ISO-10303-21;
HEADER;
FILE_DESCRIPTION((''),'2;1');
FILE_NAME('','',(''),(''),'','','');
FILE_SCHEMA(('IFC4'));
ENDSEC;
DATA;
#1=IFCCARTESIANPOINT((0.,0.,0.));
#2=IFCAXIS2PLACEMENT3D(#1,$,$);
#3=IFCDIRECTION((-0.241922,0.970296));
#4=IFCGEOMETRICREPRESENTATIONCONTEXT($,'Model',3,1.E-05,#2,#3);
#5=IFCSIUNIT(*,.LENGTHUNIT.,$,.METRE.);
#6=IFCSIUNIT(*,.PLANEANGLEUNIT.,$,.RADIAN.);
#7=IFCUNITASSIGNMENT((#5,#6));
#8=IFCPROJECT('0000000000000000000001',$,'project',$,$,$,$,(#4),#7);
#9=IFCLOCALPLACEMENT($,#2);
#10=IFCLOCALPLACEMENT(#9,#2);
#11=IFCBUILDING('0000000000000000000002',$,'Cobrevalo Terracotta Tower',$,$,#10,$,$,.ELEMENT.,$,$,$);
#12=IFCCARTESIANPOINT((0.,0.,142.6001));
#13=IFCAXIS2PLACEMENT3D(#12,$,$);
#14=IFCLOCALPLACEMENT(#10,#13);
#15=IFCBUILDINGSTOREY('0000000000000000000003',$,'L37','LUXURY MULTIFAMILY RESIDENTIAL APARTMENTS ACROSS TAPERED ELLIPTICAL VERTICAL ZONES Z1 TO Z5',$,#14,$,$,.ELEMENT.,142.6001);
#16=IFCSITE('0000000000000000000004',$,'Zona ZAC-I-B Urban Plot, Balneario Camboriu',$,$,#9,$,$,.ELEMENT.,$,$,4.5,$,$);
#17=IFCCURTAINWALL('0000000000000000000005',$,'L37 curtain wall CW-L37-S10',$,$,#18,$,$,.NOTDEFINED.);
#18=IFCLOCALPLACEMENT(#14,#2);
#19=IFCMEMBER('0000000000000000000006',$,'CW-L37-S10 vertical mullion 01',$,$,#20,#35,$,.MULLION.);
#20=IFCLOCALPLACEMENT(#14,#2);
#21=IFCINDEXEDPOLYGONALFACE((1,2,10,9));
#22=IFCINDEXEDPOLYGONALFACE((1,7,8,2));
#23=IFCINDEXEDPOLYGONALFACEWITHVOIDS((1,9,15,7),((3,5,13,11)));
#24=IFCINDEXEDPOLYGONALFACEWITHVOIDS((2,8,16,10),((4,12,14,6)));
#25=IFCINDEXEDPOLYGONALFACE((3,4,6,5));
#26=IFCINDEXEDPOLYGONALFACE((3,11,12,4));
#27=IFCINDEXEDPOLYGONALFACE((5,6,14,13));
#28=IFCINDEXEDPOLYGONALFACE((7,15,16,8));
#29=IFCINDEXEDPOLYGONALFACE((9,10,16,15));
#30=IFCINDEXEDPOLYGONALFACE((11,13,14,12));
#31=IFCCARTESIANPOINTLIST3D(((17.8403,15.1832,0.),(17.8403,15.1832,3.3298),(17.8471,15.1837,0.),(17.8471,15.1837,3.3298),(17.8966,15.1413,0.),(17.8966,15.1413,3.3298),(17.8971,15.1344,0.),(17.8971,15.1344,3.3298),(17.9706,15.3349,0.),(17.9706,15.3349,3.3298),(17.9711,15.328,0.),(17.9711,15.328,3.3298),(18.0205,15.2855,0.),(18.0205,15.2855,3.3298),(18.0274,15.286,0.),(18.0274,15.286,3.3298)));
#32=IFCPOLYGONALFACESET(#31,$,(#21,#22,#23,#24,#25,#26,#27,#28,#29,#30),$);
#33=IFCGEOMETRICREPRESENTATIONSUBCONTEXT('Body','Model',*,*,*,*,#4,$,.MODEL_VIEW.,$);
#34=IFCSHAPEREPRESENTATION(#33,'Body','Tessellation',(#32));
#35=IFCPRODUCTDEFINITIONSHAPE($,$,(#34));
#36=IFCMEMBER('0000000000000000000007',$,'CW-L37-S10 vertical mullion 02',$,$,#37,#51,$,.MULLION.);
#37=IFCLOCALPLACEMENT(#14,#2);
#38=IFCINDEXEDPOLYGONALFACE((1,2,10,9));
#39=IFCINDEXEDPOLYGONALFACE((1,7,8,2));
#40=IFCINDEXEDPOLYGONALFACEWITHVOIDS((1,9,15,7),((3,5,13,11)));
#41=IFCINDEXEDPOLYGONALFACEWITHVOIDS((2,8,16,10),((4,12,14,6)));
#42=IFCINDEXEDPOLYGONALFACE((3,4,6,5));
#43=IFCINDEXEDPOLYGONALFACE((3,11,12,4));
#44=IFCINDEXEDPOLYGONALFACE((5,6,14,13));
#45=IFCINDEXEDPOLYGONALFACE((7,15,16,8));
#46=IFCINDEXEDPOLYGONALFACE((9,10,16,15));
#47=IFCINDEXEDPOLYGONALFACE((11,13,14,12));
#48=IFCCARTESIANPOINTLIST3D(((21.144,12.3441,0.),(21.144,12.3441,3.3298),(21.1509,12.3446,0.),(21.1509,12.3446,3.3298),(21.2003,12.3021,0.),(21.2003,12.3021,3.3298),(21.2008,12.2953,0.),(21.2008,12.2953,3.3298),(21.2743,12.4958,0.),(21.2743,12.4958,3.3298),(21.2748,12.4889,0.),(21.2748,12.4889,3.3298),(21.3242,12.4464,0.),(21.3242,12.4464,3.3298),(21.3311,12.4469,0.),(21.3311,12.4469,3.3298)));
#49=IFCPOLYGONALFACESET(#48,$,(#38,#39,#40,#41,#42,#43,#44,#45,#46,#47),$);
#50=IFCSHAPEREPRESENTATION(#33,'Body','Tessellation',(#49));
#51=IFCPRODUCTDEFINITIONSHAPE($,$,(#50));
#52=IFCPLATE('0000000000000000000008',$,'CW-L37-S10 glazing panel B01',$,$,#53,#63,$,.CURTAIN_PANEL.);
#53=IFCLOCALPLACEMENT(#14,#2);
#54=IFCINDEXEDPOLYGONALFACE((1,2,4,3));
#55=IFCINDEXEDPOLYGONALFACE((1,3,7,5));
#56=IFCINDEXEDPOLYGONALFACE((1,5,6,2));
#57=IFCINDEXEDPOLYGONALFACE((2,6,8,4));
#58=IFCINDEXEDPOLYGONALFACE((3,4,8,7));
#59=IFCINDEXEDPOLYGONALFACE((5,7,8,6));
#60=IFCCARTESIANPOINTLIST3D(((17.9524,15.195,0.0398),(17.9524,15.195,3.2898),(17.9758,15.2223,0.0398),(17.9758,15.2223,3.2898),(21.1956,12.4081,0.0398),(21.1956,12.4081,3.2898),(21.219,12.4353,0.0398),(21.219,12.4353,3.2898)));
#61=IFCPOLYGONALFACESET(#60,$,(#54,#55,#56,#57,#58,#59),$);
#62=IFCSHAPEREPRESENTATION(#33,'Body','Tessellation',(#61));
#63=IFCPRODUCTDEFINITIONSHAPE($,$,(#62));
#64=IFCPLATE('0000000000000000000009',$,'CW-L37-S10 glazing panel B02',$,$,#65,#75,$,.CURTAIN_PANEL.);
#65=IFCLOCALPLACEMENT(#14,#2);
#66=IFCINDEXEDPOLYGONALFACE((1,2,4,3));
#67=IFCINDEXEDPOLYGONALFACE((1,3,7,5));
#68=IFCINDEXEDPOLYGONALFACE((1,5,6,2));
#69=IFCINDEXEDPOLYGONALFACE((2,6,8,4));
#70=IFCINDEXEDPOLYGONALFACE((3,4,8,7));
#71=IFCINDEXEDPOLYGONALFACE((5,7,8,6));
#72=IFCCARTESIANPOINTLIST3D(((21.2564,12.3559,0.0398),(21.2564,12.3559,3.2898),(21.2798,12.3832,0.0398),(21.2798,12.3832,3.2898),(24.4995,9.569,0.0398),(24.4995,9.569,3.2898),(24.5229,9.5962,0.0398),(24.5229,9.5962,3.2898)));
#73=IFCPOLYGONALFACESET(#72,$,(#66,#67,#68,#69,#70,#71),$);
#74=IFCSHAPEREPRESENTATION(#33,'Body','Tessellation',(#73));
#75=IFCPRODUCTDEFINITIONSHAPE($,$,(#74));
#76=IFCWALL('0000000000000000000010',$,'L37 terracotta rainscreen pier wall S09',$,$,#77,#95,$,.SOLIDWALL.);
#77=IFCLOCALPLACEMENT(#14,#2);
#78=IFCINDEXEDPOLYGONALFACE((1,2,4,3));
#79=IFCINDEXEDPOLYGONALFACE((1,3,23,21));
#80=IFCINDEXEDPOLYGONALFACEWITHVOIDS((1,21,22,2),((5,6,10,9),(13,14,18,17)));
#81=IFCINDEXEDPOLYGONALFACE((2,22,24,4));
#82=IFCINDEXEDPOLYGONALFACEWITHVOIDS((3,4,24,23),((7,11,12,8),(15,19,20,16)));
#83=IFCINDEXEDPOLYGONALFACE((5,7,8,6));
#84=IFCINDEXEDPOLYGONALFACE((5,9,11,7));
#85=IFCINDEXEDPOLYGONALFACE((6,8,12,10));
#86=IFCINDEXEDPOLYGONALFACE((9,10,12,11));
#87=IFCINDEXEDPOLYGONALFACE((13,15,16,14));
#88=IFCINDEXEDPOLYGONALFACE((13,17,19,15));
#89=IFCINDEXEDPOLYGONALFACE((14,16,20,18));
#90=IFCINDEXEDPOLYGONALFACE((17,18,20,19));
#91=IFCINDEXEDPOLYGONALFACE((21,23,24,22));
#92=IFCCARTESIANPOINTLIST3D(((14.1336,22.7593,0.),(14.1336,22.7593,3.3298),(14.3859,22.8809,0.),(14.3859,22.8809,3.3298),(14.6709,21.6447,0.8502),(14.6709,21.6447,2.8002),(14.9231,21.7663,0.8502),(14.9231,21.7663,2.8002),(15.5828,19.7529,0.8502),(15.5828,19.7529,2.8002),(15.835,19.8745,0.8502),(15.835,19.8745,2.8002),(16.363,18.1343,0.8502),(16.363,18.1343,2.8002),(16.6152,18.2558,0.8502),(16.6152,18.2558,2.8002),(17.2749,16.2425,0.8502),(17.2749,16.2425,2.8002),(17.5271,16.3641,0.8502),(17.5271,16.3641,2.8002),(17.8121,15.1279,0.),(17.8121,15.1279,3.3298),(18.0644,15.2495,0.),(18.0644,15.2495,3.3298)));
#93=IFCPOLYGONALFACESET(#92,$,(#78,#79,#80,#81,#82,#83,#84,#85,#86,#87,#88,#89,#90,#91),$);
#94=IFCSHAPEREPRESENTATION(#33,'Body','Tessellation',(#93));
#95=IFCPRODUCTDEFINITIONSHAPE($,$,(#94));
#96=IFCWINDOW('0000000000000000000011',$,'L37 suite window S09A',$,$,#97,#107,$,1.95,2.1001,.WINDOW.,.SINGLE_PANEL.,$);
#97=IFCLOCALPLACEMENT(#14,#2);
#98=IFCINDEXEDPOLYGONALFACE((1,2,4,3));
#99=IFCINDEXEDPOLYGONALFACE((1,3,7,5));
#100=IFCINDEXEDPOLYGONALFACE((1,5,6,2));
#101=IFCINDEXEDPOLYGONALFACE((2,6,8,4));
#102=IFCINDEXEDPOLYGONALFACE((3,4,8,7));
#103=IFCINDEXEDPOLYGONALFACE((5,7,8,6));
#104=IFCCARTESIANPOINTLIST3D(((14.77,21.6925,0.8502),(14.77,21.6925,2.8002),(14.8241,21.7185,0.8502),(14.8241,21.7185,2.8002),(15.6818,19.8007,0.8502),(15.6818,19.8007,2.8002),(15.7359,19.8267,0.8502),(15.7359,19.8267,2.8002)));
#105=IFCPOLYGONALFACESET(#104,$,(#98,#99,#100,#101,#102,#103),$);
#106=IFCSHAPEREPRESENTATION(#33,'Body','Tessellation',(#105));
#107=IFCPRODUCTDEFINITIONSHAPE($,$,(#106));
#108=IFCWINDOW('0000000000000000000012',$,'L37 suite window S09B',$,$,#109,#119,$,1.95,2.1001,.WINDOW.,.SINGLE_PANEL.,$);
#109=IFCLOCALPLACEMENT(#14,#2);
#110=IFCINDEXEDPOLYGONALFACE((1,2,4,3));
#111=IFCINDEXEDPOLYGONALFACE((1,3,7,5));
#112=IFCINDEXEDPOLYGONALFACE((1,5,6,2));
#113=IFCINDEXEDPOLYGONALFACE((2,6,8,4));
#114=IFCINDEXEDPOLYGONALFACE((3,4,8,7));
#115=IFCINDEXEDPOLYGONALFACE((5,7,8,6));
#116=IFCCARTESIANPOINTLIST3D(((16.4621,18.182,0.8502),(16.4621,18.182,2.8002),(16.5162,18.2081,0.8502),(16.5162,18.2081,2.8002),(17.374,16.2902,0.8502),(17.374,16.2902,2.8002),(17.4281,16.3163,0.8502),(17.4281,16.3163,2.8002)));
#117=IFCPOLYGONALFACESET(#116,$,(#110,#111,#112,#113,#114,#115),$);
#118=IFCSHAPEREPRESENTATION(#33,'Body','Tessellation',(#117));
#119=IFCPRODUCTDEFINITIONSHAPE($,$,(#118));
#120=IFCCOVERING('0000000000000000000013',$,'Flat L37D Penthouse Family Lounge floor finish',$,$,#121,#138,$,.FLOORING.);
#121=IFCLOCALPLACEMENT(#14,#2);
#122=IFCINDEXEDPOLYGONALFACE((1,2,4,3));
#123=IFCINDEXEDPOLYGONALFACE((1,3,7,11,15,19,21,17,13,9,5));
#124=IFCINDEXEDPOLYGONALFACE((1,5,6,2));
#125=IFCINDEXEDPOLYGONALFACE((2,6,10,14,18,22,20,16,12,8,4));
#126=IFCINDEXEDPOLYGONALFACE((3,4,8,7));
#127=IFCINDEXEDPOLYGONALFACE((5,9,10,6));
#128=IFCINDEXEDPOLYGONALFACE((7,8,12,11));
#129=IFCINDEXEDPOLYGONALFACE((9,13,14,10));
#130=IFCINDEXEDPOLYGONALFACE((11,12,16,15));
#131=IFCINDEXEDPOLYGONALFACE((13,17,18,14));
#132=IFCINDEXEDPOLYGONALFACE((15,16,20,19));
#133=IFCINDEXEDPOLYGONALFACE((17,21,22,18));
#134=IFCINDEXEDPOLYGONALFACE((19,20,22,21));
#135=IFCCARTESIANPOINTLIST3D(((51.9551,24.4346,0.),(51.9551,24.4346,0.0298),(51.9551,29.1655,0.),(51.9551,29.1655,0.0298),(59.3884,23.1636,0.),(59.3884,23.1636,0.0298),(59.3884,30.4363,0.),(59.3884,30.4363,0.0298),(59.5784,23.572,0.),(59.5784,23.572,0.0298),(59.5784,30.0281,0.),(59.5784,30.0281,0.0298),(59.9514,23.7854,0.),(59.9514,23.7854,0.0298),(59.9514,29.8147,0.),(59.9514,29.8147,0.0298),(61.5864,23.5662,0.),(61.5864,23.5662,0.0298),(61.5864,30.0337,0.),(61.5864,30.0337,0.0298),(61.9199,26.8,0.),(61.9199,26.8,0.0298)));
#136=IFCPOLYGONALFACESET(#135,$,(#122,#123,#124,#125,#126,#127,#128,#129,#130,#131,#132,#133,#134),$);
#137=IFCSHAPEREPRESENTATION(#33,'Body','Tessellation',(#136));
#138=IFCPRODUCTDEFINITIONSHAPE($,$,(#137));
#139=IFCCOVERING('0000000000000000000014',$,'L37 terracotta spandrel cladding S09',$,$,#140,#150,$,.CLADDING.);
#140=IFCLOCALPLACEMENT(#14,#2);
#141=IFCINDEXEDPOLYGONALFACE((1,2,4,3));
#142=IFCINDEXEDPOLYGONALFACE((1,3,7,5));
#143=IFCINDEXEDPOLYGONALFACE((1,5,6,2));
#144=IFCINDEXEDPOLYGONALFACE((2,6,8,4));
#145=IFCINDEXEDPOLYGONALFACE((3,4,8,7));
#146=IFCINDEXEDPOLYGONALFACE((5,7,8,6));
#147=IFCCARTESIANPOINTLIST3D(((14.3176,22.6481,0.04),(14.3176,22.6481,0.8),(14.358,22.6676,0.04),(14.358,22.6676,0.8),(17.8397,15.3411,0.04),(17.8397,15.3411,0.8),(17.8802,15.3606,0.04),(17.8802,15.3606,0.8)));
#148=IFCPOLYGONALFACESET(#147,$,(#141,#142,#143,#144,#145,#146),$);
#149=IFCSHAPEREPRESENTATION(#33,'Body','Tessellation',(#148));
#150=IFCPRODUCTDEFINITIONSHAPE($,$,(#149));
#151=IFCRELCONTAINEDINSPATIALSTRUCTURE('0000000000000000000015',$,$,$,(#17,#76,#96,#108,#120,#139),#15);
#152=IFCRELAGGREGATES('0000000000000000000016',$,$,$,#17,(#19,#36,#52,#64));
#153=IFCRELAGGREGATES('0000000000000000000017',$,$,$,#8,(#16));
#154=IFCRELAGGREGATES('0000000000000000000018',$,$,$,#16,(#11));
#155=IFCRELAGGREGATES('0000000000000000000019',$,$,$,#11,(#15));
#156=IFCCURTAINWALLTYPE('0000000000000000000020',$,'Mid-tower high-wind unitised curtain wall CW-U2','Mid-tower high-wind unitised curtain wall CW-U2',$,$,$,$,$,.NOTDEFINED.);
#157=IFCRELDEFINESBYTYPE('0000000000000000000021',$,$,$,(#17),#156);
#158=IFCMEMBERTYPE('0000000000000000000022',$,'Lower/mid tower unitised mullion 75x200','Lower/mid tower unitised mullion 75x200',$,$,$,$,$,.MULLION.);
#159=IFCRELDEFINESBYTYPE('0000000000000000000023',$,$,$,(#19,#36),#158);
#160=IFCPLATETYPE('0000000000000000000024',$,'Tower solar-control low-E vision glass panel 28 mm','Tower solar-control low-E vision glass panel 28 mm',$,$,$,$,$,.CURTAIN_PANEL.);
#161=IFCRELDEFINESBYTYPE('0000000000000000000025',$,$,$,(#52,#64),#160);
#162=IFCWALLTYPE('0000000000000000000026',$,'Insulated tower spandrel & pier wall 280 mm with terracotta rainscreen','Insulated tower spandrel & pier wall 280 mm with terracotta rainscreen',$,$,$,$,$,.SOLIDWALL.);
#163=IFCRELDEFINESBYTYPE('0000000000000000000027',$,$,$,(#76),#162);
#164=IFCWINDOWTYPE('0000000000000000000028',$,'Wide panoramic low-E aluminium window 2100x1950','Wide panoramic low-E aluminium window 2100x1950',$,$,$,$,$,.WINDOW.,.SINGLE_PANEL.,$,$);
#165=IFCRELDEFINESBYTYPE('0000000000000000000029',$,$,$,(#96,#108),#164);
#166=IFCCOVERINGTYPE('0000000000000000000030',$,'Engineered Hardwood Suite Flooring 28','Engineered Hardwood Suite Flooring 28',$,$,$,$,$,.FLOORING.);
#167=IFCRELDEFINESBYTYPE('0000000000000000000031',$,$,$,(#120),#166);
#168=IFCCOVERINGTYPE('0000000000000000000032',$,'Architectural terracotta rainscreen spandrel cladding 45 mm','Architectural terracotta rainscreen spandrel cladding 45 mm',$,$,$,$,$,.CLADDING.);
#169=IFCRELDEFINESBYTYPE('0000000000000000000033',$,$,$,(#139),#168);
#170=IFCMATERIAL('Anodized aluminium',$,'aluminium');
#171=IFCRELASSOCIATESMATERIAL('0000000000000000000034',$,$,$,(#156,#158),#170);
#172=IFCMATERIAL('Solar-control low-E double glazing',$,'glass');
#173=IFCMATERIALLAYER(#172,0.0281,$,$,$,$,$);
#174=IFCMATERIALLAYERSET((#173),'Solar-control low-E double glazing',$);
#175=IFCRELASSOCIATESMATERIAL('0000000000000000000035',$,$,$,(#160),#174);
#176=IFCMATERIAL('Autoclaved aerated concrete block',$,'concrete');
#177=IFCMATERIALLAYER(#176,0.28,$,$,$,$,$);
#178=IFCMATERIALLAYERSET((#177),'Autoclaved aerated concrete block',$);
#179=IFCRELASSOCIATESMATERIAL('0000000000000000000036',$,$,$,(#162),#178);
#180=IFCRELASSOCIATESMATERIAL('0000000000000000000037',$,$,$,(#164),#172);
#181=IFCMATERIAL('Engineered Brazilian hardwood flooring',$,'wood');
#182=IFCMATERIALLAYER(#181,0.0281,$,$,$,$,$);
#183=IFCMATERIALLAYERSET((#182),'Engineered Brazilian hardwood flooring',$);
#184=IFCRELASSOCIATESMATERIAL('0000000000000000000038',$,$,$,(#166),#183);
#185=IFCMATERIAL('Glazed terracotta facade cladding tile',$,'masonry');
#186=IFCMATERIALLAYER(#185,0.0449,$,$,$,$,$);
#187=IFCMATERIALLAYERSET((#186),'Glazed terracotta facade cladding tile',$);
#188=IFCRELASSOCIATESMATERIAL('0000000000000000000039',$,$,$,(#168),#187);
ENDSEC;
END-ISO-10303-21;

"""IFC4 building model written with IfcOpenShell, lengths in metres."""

from ifc_helpers import new_model, si_unit, direction, frame, frame_2d, origin, origin_2d, place, context, subcontext, project, spatial, polyline, rectangle, hollow_rectangle, outline, extrude, source, transform, mapped, material, layer, layer_set, material_profile, profile_set, type_object, element, fill, aggregate, save


model = new_model("IFC4")

# Units and contexts
model_context = context("Model", 3, precision=1e-05, world=origin(), true_north=direction((-0.241922, 0.970296)))
body_context = subcontext(model_context, "Body", "Model", "MODEL_VIEW")
ifc_project = project(units=[si_unit("LENGTHUNIT", "METRE"), si_unit("PLANEANGLEUNIT", "RADIAN")], contexts=[model_context])

# Site, building, storey
site_placement = place(None, origin())
site = spatial("IfcSite", under=ifc_project, at=site_placement, Name="Zona ZAC-I-B Urban Plot, Balneario Camboriu", CompositionType="ELEMENT", RefElevation=4.5)
building_placement = place(site_placement, origin())
building = spatial("IfcBuilding", under=site, at=building_placement, Name="Cobrevalo Terracotta Tower", CompositionType="ELEMENT")
storey_placement = place(building_placement, frame((0.0, 0.0, 142.6001)))
storey = spatial("IfcBuildingStorey", under=building, at=storey_placement, Name="L37", Description="LUXURY MULTIFAMILY RESIDENTIAL APARTMENTS ACROSS TAPERED ELLIPTICAL VERTICAL ZONES Z1 TO Z5", CompositionType="ELEMENT", Elevation=142.6001)

# Curtain wall
ifc_material_1 = material(Name="Anodized aluminium", Category="aluminium")
curtain_wall_type = type_object("IfcCurtainWallType", Name="Mid-tower high-wind unitised curtain wall CW-U2", Description="Mid-tower high-wind unitised curtain wall CW-U2", PredefinedType="NOTDEFINED", material=ifc_material_1)
curtain_wall_1_placement = place(storey_placement, origin())
curtain_wall_1 = element("IfcCurtainWall", 1, at=curtain_wall_1_placement, inside=storey, type_object=curtain_wall_type, Name="L37 curtain wall CW-L37-S10", PredefinedType="NOTDEFINED")

# Shared definitions
ifc_material_profile_1 = material_profile(ifc_material_1, hollow_rectangle(XDim=0.075, YDim=0.2, WallThickness=0.0049, at=origin_2d()), Name="CWM 75x200")
ifc_profile_set_1 = profile_set([ifc_material_profile_1], Name="Anodized aluminium")
member_type_1 = type_object("IfcMemberType", Name="Lower/mid tower unitised mullion 75x200", Description="Lower/mid tower unitised mullion 75x200", PredefinedType="MULLION", material=ifc_profile_set_1)
shared_shape_1 = source(origin(), body_context, "Body", "SweptSolid", [
    extrude(hollow_rectangle(XDim=0.075, YDim=0.2, WallThickness=0.0049, at=origin_2d()), origin(), (0.0, 0.0, 1.0), 3.3298),
])

# Members
member_1_placement = place(storey_placement, frame((17.9338, 15.2346, 0.0), z_axis=(0.0, 0.0, 1.0), x_axis=(0.758442, -0.651741, 0.0)))
member_1 = element("IfcMember", 2, at=member_1_placement, type_object=member_type_1, Name="CW-L37-S10 vertical mullion 01", PredefinedType="MULLION", context=body_context, shape_type="MappedRepresentation", body=[
    mapped(shared_shape_1, transform((0.0, 0.0, 0.0), scale=1.0)),
])
member_2_placement = place(storey_placement, frame((21.2375, 12.3955, 0.0), z_axis=(0.0, 0.0, 1.0), x_axis=(0.758442, -0.651741, 0.0)))
member_2 = element("IfcMember", 3, at=member_2_placement, type_object=member_type_1, Name="CW-L37-S10 vertical mullion 02", PredefinedType="MULLION", context=body_context, shape_type="MappedRepresentation", body=[
    mapped(shared_shape_1, transform((0.0, 0.0, 0.0), scale=1.0)),
])

# Plates
ifc_material_2 = material(Name="Solar-control low-E double glazing", Category="glass")
ifc_layer_1 = layer(ifc_material_2, 0.0281)
ifc_layer_set_1 = layer_set([ifc_layer_1], Name="Solar-control low-E double glazing")
plate_type = type_object("IfcPlateType", Name="Tower solar-control low-E vision glass panel 28 mm", Description="Tower solar-control low-E vision glass panel 28 mm", PredefinedType="CURTAIN_PANEL", material=ifc_layer_set_1)
shared_shape_2 = source(origin(), body_context, "Body", "SweptSolid", [
    extrude(rectangle(XDim=4.2761, YDim=0.0359, at=origin_2d()), origin(), (0.0, 0.0, 1.0), 3.25),
])
plate_1_placement = place(storey_placement, frame((19.5857, 13.8152, 0.0398), z_axis=(0.0, 0.0, 1.0), x_axis=(0.758437, -0.651746, 0.0)))
plate_1 = element("IfcPlate", 4, at=plate_1_placement, type_object=plate_type, Name="CW-L37-S10 glazing panel B01", PredefinedType="CURTAIN_PANEL", context=body_context, shape_type="MappedRepresentation", body=[
    mapped(shared_shape_2, transform((0.0, 0.0, 0.0), scale=1.0)),
])
plate_2_placement = place(storey_placement, frame((22.8896, 10.9761, 0.0398), z_axis=(0.0, 0.0, 1.0), x_axis=(0.758437, -0.651746, 0.0)))
plate_2 = element("IfcPlate", 5, at=plate_2_placement, type_object=plate_type, Name="CW-L37-S10 glazing panel B02", PredefinedType="CURTAIN_PANEL", context=body_context, shape_type="MappedRepresentation", body=[
    mapped(shared_shape_2, transform((0.0, 0.0, 0.0), scale=1.0)),
])
aggregate(curtain_wall_1, [member_1, member_2, plate_1, plate_2])

# Wall, openings, windows
ifc_material_3 = material(Name="Autoclaved aerated concrete block", Category="concrete")
ifc_layer_2 = layer(ifc_material_3, 0.28)
ifc_layer_set_2 = layer_set([ifc_layer_2], Name="Autoclaved aerated concrete block")
wall_type = type_object("IfcWallType", Name="Insulated tower spandrel & pier wall 280 mm with terracotta rainscreen", Description="Insulated tower spandrel & pier wall 280 mm with terracotta rainscreen", PredefinedType="SOLIDWALL", material=ifc_layer_set_2)
wall_placement = place(storey_placement, frame((14.2598, 22.8201, 0.0), z_axis=(0.0, 0.0, 1.0), x_axis=(0.43421, -0.900812, 0.0)))
wall = element("IfcWall", 6, at=wall_placement, inside=storey, type_object=wall_type, Name="L37 terracotta rainscreen pier wall S09", PredefinedType="SOLIDWALL", context=body_context, shape_type="SweptSolid", body=[
    extrude(rectangle(XDim=8.4717, YDim=0.28, at=frame_2d((4.2358, 0.0))), origin(), (0.0, 0.0, 1.0), 3.3298),
])
opening_1_placement = place(wall_placement, frame((1.2373, 0.0, 0.8501)))
opening_1 = element("IfcOpeningElement", 7, at=opening_1_placement, cuts=wall, PredefinedType="OPENING", context=body_context, shape_type="SweptSolid", body=[
    extrude(rectangle(XDim=2.1001, YDim=1.95, at=frame_2d((1.05, 0.9751))), frame((0.0, 0.1499, 0.0), z_axis=(0.0, -1.0, 0.0), x_axis=(1.0, 0.0, 0.0)), (0.0, 0.0, 1.0), 0.3),
])
opening_2_placement = place(wall_placement, frame((5.1343, 0.0, 0.8501)))
opening_2 = element("IfcOpeningElement", 8, at=opening_2_placement, cuts=wall, PredefinedType="OPENING", context=body_context, shape_type="SweptSolid", body=[
    extrude(rectangle(XDim=2.1001, YDim=1.95, at=frame_2d((1.05, 0.9751))), frame((0.0, 0.1499, 0.0), z_axis=(0.0, -1.0, 0.0), x_axis=(1.0, 0.0, 0.0)), (0.0, 0.0, 1.0), 0.3),
])
window_type = type_object("IfcWindowType", Name="Wide panoramic low-E aluminium window 2100x1950", Description="Wide panoramic low-E aluminium window 2100x1950", PartitioningType="SINGLE_PANEL", PredefinedType="WINDOW", material=ifc_material_2)
shared_shape_3 = source(origin(), body_context, "Body", "SweptSolid", [
    extrude(rectangle(XDim=2.1001, YDim=1.95, at=frame_2d((1.05, 0.9751))), frame((0.0, 0.03, 0.0), z_axis=(0.0, -1.0, 0.0), x_axis=(1.0, 0.0, 0.0)), (0.0, 0.0, 1.0), 0.0601),
])
window_1_placement = place(opening_1_placement, origin())
window_1 = element("IfcWindow", 9, at=window_1_placement, inside=storey, type_object=window_type, Name="L37 suite window S09A", OverallHeight=1.95, OverallWidth=2.1001, PartitioningType="SINGLE_PANEL", PredefinedType="WINDOW", context=body_context, shape_type="MappedRepresentation", body=[
    mapped(shared_shape_3, transform((0.0, 0.0, 0.0), scale=1.0)),
])
fill(opening_1, window_1)
window_2_placement = place(opening_2_placement, origin())
window_2 = element("IfcWindow", 10, at=window_2_placement, inside=storey, type_object=window_type, Name="L37 suite window S09B", OverallHeight=1.95, OverallWidth=2.1001, PartitioningType="SINGLE_PANEL", PredefinedType="WINDOW", context=body_context, shape_type="MappedRepresentation", body=[
    mapped(shared_shape_3, transform((0.0, 0.0, 0.0), scale=1.0)),
])
fill(opening_2, window_2)

# Coverings
ifc_material_4 = material(Name="Engineered Brazilian hardwood flooring", Category="wood")
ifc_layer_3 = layer(ifc_material_4, 0.0281)
ifc_layer_set_3 = layer_set([ifc_layer_3], Name="Engineered Brazilian hardwood flooring")
covering_type_1 = type_object("IfcCoveringType", Name="Engineered Hardwood Suite Flooring 28", Description="Engineered Hardwood Suite Flooring 28", PredefinedType="FLOORING", material=ifc_layer_set_3)
covering_1_placement = place(storey_placement, origin())
element("IfcCovering", 11, at=covering_1_placement, inside=storey, type_object=covering_type_1, Name="Flat L37D Penthouse Family Lounge floor finish", PredefinedType="FLOORING", context=body_context, shape_type="SweptSolid", body=[
    extrude(outline(polyline([(59.3884, 30.4363), (59.5784, 30.0281), (59.9514, 29.8147), (61.5864, 30.0337), (61.9199, 26.8), (61.5864, 23.5662), (59.9514, 23.7854), (59.5784, 23.572), (59.3884, 23.1636), (51.9551, 24.4346), (51.9551, 29.1655), (59.3884, 30.4363)])), origin(), (0.0, 0.0, 1.0), 0.0298),
])
ifc_material_5 = material(Name="Glazed terracotta facade cladding tile", Category="masonry")
ifc_layer_4 = layer(ifc_material_5, 0.0449)
ifc_layer_set_4 = layer_set([ifc_layer_4], Name="Glazed terracotta facade cladding tile")
covering_type_2 = type_object("IfcCoveringType", Name="Architectural terracotta rainscreen spandrel cladding 45 mm", Description="Architectural terracotta rainscreen spandrel cladding 45 mm", PredefinedType="CLADDING", material=ifc_layer_set_4)
shared_shape_4 = source(origin(), body_context, "Body", "SweptSolid", [
    extrude(rectangle(XDim=8.1116, YDim=0.0449, at=origin_2d()), origin(), (0.0, 0.0, 1.0), 0.76),
])
covering_2_placement = place(storey_placement, frame((16.0989, 19.0044, 0.04), z_axis=(0.0, 0.0, 1.0), x_axis=(0.434209, -0.900812, 0.0)))
element("IfcCovering", 12, at=covering_2_placement, inside=storey, type_object=covering_type_2, Name="L37 terracotta spandrel cladding S09", PredefinedType="CLADDING", context=body_context, shape_type="MappedRepresentation", body=[
    mapped(shared_shape_4, transform((0.0, 0.0, 0.0), scale=1.0)),
])

save(model, "model.ifc")
